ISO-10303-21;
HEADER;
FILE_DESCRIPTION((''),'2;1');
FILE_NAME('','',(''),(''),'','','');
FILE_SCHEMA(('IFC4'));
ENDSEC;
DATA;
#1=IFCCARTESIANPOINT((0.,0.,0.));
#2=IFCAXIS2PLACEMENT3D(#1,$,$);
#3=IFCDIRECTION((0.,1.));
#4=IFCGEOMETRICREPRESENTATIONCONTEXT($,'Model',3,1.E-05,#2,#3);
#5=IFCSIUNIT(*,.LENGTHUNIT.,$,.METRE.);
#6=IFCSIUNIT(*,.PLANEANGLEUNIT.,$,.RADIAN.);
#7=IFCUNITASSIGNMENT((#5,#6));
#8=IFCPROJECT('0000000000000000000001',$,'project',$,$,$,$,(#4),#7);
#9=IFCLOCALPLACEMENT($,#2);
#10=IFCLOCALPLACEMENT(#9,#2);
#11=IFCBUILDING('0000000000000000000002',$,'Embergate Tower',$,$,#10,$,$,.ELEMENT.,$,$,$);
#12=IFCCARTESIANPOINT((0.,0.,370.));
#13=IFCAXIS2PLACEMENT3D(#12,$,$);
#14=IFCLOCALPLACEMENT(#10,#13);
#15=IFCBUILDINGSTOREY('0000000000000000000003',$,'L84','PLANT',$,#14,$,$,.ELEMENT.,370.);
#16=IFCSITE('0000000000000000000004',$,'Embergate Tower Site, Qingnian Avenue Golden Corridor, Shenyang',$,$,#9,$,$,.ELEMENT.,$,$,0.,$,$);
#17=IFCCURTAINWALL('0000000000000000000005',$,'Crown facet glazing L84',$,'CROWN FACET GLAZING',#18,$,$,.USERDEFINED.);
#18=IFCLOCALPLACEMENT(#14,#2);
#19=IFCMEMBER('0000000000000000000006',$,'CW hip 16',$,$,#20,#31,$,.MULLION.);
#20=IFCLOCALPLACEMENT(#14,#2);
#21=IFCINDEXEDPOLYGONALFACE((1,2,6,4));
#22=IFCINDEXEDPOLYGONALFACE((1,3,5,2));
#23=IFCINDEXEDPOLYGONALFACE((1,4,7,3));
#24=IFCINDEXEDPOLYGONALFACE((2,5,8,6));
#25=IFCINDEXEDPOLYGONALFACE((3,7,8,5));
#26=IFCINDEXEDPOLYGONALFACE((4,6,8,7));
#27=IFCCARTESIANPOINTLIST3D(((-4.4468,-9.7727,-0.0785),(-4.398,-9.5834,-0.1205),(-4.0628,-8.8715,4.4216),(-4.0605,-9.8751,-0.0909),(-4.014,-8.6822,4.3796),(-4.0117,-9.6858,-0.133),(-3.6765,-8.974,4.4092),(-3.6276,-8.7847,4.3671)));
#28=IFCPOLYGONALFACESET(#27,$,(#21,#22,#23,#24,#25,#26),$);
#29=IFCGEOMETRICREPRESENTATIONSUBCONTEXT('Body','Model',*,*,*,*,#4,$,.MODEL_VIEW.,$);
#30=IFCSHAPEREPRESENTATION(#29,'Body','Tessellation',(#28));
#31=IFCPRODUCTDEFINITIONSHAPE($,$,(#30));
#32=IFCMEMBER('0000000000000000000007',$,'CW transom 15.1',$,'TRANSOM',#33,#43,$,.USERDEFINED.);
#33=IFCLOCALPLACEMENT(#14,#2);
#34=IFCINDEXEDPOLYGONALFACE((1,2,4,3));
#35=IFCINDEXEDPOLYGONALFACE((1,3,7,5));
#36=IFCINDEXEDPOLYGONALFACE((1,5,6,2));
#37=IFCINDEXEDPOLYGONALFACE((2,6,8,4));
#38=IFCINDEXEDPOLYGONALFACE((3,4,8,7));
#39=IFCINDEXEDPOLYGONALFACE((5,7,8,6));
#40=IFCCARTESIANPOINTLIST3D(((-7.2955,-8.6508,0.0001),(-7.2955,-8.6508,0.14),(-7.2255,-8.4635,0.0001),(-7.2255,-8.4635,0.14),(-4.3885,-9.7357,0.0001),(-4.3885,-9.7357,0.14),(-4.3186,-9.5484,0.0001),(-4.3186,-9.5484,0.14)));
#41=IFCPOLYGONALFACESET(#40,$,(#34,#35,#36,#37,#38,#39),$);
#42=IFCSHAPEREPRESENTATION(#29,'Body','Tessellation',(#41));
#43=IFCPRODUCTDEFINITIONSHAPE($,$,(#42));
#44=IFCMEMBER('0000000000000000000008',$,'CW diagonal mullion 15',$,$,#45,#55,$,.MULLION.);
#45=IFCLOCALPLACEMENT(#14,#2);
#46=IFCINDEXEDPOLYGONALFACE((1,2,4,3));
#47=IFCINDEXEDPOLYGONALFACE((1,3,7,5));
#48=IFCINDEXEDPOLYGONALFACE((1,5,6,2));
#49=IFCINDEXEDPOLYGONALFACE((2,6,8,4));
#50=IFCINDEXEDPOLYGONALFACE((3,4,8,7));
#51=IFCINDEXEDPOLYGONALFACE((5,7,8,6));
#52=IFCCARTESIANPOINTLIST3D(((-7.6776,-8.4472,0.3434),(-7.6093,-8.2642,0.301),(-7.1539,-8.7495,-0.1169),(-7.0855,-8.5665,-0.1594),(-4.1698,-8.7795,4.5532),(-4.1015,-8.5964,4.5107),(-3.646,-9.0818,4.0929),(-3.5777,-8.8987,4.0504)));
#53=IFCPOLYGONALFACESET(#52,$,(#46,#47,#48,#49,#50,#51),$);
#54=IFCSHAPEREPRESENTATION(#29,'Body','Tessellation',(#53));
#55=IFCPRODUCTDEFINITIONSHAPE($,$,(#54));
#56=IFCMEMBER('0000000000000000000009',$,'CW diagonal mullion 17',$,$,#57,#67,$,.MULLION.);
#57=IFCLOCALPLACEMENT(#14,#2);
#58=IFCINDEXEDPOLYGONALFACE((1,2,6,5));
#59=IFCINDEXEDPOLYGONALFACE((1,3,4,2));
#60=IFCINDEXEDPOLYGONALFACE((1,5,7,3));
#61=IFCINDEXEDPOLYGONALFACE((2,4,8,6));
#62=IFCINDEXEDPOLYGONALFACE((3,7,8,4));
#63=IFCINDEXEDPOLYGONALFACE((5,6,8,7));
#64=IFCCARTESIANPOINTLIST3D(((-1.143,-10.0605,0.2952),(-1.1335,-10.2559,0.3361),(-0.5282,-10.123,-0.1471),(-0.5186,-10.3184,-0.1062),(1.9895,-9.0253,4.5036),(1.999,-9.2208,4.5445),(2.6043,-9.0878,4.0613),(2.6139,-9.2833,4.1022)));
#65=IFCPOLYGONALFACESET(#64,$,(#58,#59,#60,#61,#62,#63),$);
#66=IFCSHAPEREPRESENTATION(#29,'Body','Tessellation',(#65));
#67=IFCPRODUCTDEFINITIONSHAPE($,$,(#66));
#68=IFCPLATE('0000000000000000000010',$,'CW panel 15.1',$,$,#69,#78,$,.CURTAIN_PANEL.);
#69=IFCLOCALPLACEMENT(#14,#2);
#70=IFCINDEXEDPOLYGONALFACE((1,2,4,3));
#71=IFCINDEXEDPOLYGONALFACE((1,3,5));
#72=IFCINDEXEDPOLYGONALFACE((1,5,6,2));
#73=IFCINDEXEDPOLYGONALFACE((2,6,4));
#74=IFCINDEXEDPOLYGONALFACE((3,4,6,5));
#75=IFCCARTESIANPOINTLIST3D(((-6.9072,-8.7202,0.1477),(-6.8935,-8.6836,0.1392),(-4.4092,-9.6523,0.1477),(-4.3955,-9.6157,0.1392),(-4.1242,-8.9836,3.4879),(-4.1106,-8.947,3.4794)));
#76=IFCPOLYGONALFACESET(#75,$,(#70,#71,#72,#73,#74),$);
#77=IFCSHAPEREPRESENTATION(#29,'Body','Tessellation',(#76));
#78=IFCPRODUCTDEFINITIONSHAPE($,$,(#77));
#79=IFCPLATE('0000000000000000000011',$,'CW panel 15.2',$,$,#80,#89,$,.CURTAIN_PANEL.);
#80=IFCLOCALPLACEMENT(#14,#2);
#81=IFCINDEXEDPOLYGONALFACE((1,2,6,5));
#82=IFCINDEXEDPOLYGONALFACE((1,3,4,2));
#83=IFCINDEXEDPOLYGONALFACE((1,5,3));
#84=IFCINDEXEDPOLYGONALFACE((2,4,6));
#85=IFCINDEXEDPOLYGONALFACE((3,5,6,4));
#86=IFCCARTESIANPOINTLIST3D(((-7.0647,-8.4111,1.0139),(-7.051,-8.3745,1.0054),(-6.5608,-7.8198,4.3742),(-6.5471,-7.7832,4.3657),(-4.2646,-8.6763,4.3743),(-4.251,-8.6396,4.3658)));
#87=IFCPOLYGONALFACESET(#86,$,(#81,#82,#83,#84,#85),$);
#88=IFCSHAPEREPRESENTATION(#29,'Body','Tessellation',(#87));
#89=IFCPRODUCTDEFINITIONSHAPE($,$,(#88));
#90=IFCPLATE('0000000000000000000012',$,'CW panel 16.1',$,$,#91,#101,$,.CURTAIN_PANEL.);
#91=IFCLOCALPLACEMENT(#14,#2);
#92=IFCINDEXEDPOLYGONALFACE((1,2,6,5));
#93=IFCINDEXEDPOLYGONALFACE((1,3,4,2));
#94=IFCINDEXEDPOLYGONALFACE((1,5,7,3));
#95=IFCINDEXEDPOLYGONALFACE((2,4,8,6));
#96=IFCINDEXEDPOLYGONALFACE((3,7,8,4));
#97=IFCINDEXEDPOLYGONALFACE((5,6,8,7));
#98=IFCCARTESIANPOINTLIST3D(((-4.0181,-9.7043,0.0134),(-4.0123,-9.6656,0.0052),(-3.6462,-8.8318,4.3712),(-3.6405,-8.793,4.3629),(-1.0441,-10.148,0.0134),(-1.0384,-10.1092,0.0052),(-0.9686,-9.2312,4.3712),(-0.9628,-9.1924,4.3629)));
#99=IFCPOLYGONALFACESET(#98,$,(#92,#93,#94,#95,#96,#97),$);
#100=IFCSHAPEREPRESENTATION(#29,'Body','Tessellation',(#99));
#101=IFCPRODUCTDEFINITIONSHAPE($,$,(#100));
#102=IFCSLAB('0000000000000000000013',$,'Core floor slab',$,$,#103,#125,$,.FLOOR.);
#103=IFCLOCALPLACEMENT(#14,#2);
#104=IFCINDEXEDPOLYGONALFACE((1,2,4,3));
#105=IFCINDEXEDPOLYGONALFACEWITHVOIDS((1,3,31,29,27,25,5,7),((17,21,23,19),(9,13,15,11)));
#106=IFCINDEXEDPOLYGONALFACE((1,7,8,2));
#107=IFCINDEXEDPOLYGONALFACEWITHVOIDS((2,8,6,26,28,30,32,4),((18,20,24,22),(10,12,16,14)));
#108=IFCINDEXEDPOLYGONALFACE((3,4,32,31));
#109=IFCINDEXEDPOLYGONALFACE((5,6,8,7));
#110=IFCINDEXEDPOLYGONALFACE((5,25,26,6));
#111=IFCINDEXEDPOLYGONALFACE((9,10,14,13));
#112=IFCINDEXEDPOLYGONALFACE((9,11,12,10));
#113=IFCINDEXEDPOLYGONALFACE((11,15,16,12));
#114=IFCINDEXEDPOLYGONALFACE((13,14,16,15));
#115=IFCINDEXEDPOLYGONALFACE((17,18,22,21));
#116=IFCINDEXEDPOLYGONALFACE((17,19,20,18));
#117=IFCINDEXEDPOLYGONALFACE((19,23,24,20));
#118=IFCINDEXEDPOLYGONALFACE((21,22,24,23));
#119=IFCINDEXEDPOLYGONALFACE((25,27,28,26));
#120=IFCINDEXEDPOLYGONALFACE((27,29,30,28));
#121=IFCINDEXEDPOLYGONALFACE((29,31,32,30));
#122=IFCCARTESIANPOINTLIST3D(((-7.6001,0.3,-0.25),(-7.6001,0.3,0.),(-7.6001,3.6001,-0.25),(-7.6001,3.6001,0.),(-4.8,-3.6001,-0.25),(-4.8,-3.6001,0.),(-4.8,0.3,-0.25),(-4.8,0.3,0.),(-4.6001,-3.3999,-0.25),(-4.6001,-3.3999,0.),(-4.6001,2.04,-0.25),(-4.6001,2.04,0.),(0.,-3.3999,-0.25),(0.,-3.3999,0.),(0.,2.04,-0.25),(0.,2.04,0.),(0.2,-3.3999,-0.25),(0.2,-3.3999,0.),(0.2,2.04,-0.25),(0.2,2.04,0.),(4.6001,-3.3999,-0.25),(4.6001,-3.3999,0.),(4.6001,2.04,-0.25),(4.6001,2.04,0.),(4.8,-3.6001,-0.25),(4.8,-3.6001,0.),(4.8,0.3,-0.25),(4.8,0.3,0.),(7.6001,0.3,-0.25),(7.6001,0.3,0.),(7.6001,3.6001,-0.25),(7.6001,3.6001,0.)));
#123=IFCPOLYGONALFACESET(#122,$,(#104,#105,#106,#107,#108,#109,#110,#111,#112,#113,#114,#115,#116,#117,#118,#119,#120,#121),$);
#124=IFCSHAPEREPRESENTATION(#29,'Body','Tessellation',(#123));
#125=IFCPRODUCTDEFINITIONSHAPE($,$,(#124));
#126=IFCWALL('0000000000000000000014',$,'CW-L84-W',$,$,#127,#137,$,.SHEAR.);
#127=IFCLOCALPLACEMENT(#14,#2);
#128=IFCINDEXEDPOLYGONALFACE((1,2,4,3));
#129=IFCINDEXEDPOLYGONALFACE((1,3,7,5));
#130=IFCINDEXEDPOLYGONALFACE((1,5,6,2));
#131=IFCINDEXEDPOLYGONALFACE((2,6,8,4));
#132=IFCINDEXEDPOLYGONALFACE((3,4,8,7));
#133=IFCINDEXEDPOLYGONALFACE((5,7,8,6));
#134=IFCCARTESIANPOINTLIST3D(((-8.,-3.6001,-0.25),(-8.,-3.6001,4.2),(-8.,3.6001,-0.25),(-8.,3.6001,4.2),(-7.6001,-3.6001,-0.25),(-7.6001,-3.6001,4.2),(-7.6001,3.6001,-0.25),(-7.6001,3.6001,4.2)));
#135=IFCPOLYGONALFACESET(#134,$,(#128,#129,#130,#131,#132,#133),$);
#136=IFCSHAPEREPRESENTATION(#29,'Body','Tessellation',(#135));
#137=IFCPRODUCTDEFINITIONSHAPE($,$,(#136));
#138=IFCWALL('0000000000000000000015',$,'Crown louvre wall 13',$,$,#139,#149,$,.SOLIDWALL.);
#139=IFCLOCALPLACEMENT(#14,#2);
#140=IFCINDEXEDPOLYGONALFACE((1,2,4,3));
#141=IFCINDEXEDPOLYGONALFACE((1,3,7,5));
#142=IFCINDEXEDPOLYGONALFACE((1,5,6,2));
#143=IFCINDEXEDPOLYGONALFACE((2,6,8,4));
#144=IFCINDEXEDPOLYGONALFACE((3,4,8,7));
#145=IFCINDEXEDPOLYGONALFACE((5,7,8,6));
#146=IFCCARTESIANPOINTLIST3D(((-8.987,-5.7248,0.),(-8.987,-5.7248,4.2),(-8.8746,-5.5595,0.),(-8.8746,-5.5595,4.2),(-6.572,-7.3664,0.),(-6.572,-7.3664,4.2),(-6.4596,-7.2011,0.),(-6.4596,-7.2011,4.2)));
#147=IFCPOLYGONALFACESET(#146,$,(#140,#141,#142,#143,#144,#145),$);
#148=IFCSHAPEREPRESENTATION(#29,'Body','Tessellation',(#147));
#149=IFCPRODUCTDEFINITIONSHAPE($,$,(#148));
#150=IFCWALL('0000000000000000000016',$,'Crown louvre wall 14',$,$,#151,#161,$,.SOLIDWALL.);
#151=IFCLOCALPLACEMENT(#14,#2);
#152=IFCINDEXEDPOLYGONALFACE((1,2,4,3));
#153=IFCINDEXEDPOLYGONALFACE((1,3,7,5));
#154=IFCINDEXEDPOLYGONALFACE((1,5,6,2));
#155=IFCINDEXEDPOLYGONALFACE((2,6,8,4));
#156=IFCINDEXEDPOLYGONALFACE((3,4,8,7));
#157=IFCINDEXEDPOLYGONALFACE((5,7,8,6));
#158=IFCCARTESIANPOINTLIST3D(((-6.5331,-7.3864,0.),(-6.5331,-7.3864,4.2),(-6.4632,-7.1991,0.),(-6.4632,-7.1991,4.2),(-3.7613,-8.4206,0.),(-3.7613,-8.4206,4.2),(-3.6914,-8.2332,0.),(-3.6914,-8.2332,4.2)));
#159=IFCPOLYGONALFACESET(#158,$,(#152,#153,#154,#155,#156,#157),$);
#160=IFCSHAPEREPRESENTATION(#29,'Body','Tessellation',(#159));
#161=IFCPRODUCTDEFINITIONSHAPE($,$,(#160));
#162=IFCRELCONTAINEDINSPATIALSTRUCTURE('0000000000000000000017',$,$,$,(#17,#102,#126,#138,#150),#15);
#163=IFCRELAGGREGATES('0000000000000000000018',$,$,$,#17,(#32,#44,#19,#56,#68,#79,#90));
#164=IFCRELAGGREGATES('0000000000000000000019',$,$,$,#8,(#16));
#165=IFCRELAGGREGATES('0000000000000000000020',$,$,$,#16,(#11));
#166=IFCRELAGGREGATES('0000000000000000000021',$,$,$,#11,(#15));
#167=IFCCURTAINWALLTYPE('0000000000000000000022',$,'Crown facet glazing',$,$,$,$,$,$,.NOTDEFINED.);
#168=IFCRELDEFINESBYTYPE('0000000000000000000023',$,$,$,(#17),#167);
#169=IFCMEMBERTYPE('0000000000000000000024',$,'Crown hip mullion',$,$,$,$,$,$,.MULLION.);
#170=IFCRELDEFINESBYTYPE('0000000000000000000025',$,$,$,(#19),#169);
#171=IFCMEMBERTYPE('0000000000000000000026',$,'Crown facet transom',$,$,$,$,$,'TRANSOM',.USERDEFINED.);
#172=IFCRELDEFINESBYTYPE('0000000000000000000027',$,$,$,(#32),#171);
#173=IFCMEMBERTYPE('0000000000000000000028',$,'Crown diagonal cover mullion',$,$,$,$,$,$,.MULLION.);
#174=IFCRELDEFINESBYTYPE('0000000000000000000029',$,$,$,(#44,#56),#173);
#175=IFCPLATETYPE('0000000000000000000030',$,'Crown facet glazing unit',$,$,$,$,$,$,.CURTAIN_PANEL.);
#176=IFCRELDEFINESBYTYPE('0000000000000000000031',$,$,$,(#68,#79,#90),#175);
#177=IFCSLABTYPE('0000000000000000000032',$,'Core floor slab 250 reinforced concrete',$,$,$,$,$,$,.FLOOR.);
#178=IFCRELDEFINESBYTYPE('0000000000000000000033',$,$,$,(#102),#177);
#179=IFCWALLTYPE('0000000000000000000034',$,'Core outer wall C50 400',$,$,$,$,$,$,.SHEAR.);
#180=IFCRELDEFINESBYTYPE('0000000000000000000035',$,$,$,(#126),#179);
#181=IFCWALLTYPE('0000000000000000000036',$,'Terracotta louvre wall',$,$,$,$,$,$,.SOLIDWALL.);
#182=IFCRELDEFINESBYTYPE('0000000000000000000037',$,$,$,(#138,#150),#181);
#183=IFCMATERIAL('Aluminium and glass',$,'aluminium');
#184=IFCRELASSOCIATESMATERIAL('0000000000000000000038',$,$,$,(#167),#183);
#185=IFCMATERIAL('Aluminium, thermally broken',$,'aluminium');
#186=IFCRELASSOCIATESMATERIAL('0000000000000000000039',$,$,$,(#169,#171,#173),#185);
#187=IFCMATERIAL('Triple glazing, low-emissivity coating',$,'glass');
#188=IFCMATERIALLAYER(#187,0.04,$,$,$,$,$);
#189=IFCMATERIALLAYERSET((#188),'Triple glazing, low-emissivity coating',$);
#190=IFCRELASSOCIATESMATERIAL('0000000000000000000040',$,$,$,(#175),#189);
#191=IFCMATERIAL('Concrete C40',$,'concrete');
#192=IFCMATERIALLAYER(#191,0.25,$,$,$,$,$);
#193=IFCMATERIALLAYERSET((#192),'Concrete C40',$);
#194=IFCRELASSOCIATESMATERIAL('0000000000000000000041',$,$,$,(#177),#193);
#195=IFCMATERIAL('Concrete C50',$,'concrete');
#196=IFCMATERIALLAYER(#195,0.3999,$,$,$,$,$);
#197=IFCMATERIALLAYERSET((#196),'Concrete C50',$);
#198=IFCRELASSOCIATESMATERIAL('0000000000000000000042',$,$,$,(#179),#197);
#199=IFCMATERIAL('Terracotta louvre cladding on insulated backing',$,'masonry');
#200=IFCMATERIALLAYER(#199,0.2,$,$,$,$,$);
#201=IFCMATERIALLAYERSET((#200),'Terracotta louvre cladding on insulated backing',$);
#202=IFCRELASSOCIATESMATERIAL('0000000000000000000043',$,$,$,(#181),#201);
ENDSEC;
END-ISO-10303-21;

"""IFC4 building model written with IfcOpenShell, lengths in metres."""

from ifc_helpers import new_model, si_unit, direction, frame, frame_2d, origin, origin_2d, place, context, subcontext, project, spatial, polyline, rectangle, outline, extrude, source, transform, mapped, material, layer, layer_set, material_profile, profile_set, type_object, element, aggregate, save


model = new_model("IFC4")

# Units and contexts
model_context = context("Model", 3, precision=1e-05, world=origin(), true_north=direction((0.0, 1.0)))
body_context = subcontext(model_context, "Body", "Model", "MODEL_VIEW")
ifc_project = project(units=[si_unit("LENGTHUNIT", "METRE"), si_unit("PLANEANGLEUNIT", "RADIAN")], contexts=[model_context])

# Site, building, storey
site_placement = place(None, origin())
site = spatial("IfcSite", under=ifc_project, at=site_placement, Name="Embergate Tower Site, Qingnian Avenue Golden Corridor, Shenyang", CompositionType="ELEMENT", RefElevation=0.0)
building_placement = place(site_placement, origin())
building = spatial("IfcBuilding", under=site, at=building_placement, Name="Embergate Tower", CompositionType="ELEMENT")
storey_placement = place(building_placement, frame((0.0, 0.0, 370.0)))
storey = spatial("IfcBuildingStorey", under=building, at=storey_placement, Name="L84", Description="PLANT", CompositionType="ELEMENT", Elevation=370.0)

# Curtain wall, members, plates
ifc_material_1 = material(Name="Aluminium and glass", Category="aluminium")
curtain_wall_type = type_object("IfcCurtainWallType", Name="Crown facet glazing", PredefinedType="NOTDEFINED", material=ifc_material_1)
curtain_wall_placement = place(storey_placement, origin())
curtain_wall = element("IfcCurtainWall", 1, at=curtain_wall_placement, inside=storey, type_object=curtain_wall_type, Name="Crown facet glazing L84", ObjectType="CROWN FACET GLAZING", PredefinedType="USERDEFINED")
ifc_material_2 = material(Name="Aluminium, thermally broken", Category="aluminium")
ifc_material_profile_1 = material_profile(ifc_material_2, rectangle(XDim=0.2, YDim=0.3999, at=origin_2d()), Name="AL 400x200")
ifc_profile_set_1 = profile_set([ifc_material_profile_1], Name="Aluminium, thermally broken")
member_type_1 = type_object("IfcMemberType", Name="Crown hip mullion", PredefinedType="MULLION", material=ifc_profile_set_1)
shared_shape_1 = source(origin(), body_context, "Body", "SweptSolid", [
    extrude(rectangle(XDim=0.2, YDim=0.3999, at=origin_2d()), origin(), (0.0, 0.0, 1.0), 4.6055),
])
member_1_placement = place(storey_placement, frame((-4.2292, -9.7292, -0.1057), z_axis=(0.083388, 0.195668, 0.977119), x_axis=(-0.244272, -0.946605, 0.210404)))
member_1 = element("IfcMember", 2, at=member_1_placement, type_object=member_type_1, Name="CW hip 16", PredefinedType="MULLION", context=body_context, shape_type="MappedRepresentation", body=[
    mapped(shared_shape_1, transform((0.0, 0.0, 0.0))),
])
ifc_material_profile_2 = material_profile(ifc_material_2, rectangle(XDim=0.2, YDim=0.1399, at=origin_2d()), Name="AL 140x200")
ifc_profile_set_2 = profile_set([ifc_material_profile_2], Name="Aluminium, thermally broken")
member_type_2 = type_object("IfcMemberType", Name="Crown facet transom", ElementType="TRANSOM", PredefinedType="USERDEFINED", material=ifc_profile_set_2)
shared_shape_2 = source(origin(), body_context, "Body", "SweptSolid", [
    extrude(rectangle(XDim=0.2, YDim=0.1399, at=origin_2d()), origin(), (0.0, 0.0, 1.0), 3.1028),
])
member_2_placement = place(storey_placement, frame((-7.2605, -8.5571, 0.0701), z_axis=(0.936875, -0.349666, 0.0), x_axis=(0.349666, 0.936875, 0.0)))
member_2 = element("IfcMember", 3, at=member_2_placement, type_object=member_type_2, Name="CW transom 15.1", ObjectType="TRANSOM", PredefinedType="USERDEFINED", context=body_context, shape_type="MappedRepresentation", body=[
    mapped(shared_shape_2, transform((0.0, 0.0, 0.0))),
])
ifc_material_profile_3 = material_profile(ifc_material_2, rectangle(XDim=0.2, YDim=0.76, at=origin_2d()), Name="AL 760x200")
ifc_profile_set_3 = profile_set([ifc_material_profile_3], Name="Aluminium, thermally broken")
member_type_3 = type_object("IfcMemberType", Name="Crown diagonal cover mullion", PredefinedType="MULLION", material=ifc_profile_set_3)
shared_shape_3 = source(origin(), body_context, "Body", "SweptSolid", [
    extrude(rectangle(XDim=0.2, YDim=0.76, at=origin_2d()), origin(), (0.0, 0.0, 1.0), 5.4897),
])
member_3_placement = place(storey_placement, frame((-7.3816, -8.5068, 0.092), z_axis=(0.63898, -0.060527, 0.766838), x_axis=(-0.341662, -0.915499, 0.212435)))
member_3 = element("IfcMember", 4, at=member_3_placement, type_object=member_type_3, Name="CW diagonal mullion 15", PredefinedType="MULLION", context=body_context, shape_type="MappedRepresentation", body=[
    mapped(shared_shape_3, transform((0.0, 0.0, 0.0))),
])
shared_shape_4 = source(origin(), body_context, "Body", "SweptSolid", [
    extrude(rectangle(XDim=0.2, YDim=0.76, at=origin_2d()), origin(), (0.0, 0.0, 1.0), 5.3474),
])
member_4_placement = place(storey_placement, frame((-0.8308, -10.1895, 0.0945), z_axis=(0.585798, 0.193577, 0.787), x_axis=(0.047922, -0.977631, 0.204796)))
member_4 = element("IfcMember", 5, at=member_4_placement, type_object=member_type_3, Name="CW diagonal mullion 17", PredefinedType="MULLION", context=body_context, shape_type="MappedRepresentation", body=[
    mapped(shared_shape_4, transform((0.0, 0.0, 0.0))),
])
ifc_material_3 = material(Name="Triple glazing, low-emissivity coating", Category="glass")
ifc_layer_1 = layer(ifc_material_3, 0.04)
ifc_layer_set_1 = layer_set([ifc_layer_1], Name="Triple glazing, low-emissivity coating")
plate_type = type_object("IfcPlateType", Name="Crown facet glazing unit", PredefinedType="CURTAIN_PANEL", material=ifc_layer_set_1)
shared_shape_5 = source(origin(), body_context, "Body", "SweptSolid", [
    extrude(outline(polyline([(0.0, 0.0), (2.6663, 0.0), (2.6995, 3.4182), (0.0, 0.0)])), origin(), (0.0, 0.0, -1.0), 0.04),
])
plate_1_placement = place(storey_placement, frame((-6.9072, -8.7202, 0.1477), z_axis=(-0.341619, -0.915516, 0.212431), x_axis=(0.9369, -0.349598, 0.0)))
plate_1 = element("IfcPlate", 6, at=plate_1_placement, type_object=plate_type, Name="CW panel 15.1", PredefinedType="CURTAIN_PANEL", context=body_context, shape_type="MappedRepresentation", body=[
    mapped(shared_shape_5, transform((0.0, 0.0, 0.0))),
])
shared_shape_6 = source(origin(), body_context, "Body", "SweptSolid", [
    extrude(outline(polyline([(0.0, 0.0), (4.3821, 0.0), (2.863, 1.9231), (0.0, 0.0)])), origin(), (0.0, 0.0, -1.0), 0.04),
])
plate_2_placement = place(storey_placement, frame((-7.0647, -8.4111, 1.0139), z_axis=(-0.341506, -0.915583, 0.212323), x_axis=(0.638979, -0.060505, 0.766841)))
plate_2 = element("IfcPlate", 7, at=plate_2_placement, type_object=plate_type, Name="CW panel 15.2", PredefinedType="CURTAIN_PANEL", context=body_context, shape_type="MappedRepresentation", body=[
    mapped(shared_shape_6, transform((0.0, 0.0, 0.0))),
])
shared_shape_7 = source(origin(), body_context, "Body", "SweptSolid", [
    extrude(outline(polyline([(0.0, 0.0), (3.0068, 0.0), (2.9463, 4.4534), (0.239, 4.4534), (0.0, 0.0)])), origin(), (0.0, 0.0, -1.0), 0.04),
])
plate_3_placement = place(storey_placement, frame((-4.0181, -9.7043, 0.0134), z_axis=(-0.144364, -0.967821, 0.206112), x_axis=(0.989057, -0.147532, -0.000001)))
plate_3 = element("IfcPlate", 8, at=plate_3_placement, type_object=plate_type, Name="CW panel 16.1", PredefinedType="CURTAIN_PANEL", context=body_context, shape_type="MappedRepresentation", body=[
    mapped(shared_shape_7, transform((0.0, 0.0, 0.0))),
])
aggregate(curtain_wall, [member_2, member_3, member_1, member_4, plate_1, plate_2, plate_3])

# Slab
ifc_material_4 = material(Name="Concrete C40", Category="concrete")
ifc_layer_2 = layer(ifc_material_4, 0.25)
ifc_layer_set_2 = layer_set([ifc_layer_2], Name="Concrete C40")
slab_type = type_object("IfcSlabType", Name="Core floor slab 250 reinforced concrete", PredefinedType="FLOOR", material=ifc_layer_set_2)
shared_shape_8 = source(origin(), body_context, "Body", "SweptSolid", [
    extrude(outline(polyline([(0.0, 0.0), (9.6001, 0.0), (9.6001, 3.9001), (12.4001, 3.9001), (12.4001, 7.2002), (-2.8, 7.2002), (-2.8, 3.9001), (0.0, 3.9001), (0.0, 0.0)]), holes=[polyline([(0.2, 0.2002), (0.2, 5.6401), (4.8, 5.6401), (4.8, 0.2002), (0.2, 0.2002)]), polyline([(5.0, 0.2002), (5.0, 5.6401), (9.4001, 5.6401), (9.4001, 0.2002), (5.0, 0.2002)])]), origin(), (0.0, 0.0, 1.0), 0.25),
])
slab_placement = place(storey_placement, frame((-4.8, -3.6001, -0.25)))
element("IfcSlab", 9, at=slab_placement, inside=storey, type_object=slab_type, Name="Core floor slab", PredefinedType="FLOOR", context=body_context, shape_type="MappedRepresentation", body=[
    mapped(shared_shape_8, transform((0.0, 0.0, 0.0))),
])

# Walls
ifc_material_5 = material(Name="Concrete C50", Category="concrete")
ifc_layer_3 = layer(ifc_material_5, 0.3999)
ifc_layer_set_3 = layer_set([ifc_layer_3], Name="Concrete C50")
wall_type_1 = type_object("IfcWallType", Name="Core outer wall C50 400", PredefinedType="SHEAR", material=ifc_layer_set_3)
shared_shape_9 = source(origin(), body_context, "Body", "SweptSolid", [
    extrude(rectangle(XDim=7.2002, YDim=0.3999, at=frame_2d((3.6001, 0.0))), origin(), (0.0, 0.0, 1.0), 4.45),
])
wall_1_placement = place(storey_placement, frame((-7.8, -3.6001, -0.25), z_axis=(0.0, 0.0, 1.0), x_axis=(0.0, 1.0, 0.0)))
element("IfcWall", 10, at=wall_1_placement, inside=storey, type_object=wall_type_1, Name="CW-L84-W", PredefinedType="SHEAR", context=body_context, shape_type="MappedRepresentation", body=[
    mapped(shared_shape_9, transform((0.0, 0.0, 0.0))),
])
ifc_material_6 = material(Name="Terracotta louvre cladding on insulated backing", Category="masonry")
ifc_layer_4 = layer(ifc_material_6, 0.2)
ifc_layer_set_4 = layer_set([ifc_layer_4], Name="Terracotta louvre cladding on insulated backing")
wall_type_2 = type_object("IfcWallType", Name="Terracotta louvre wall", PredefinedType="SOLIDWALL", material=ifc_layer_set_4)
shared_shape_10 = source(origin(), body_context, "Body", "SweptSolid", [
    extrude(rectangle(XDim=2.9202, YDim=0.2, at=frame_2d((1.46, 0.0))), origin(), (0.0, 0.0, 1.0), 4.2),
])
wall_2_placement = place(storey_placement, frame((-6.5159, -7.2837, 0.0), z_axis=(0.0, 0.0, 1.0), x_axis=(-0.827026, 0.562164, 0.0)))
element("IfcWall", 11, at=wall_2_placement, inside=storey, type_object=wall_type_2, Name="Crown louvre wall 13", PredefinedType="SOLIDWALL", context=body_context, shape_type="MappedRepresentation", body=[
    mapped(shared_shape_10, transform((0.0, 0.0, 0.0))),
])
shared_shape_11 = source(origin(), body_context, "Body", "SweptSolid", [
    extrude(rectangle(XDim=2.9585, YDim=0.2, at=frame_2d((1.4792, 0.0))), origin(), (0.0, 0.0, 1.0), 4.2),
])
wall_3_placement = place(storey_placement, frame((-3.7263, -8.3269, 0.0), z_axis=(0.0, 0.0, 1.0), x_axis=(-0.936918, 0.349549, 0.0)))
element("IfcWall", 12, at=wall_3_placement, inside=storey, type_object=wall_type_2, Name="Crown louvre wall 14", PredefinedType="SOLIDWALL", context=body_context, shape_type="MappedRepresentation", body=[
    mapped(shared_shape_11, transform((0.0, 0.0, 0.0))),
])

save(model, "model.ifc")
